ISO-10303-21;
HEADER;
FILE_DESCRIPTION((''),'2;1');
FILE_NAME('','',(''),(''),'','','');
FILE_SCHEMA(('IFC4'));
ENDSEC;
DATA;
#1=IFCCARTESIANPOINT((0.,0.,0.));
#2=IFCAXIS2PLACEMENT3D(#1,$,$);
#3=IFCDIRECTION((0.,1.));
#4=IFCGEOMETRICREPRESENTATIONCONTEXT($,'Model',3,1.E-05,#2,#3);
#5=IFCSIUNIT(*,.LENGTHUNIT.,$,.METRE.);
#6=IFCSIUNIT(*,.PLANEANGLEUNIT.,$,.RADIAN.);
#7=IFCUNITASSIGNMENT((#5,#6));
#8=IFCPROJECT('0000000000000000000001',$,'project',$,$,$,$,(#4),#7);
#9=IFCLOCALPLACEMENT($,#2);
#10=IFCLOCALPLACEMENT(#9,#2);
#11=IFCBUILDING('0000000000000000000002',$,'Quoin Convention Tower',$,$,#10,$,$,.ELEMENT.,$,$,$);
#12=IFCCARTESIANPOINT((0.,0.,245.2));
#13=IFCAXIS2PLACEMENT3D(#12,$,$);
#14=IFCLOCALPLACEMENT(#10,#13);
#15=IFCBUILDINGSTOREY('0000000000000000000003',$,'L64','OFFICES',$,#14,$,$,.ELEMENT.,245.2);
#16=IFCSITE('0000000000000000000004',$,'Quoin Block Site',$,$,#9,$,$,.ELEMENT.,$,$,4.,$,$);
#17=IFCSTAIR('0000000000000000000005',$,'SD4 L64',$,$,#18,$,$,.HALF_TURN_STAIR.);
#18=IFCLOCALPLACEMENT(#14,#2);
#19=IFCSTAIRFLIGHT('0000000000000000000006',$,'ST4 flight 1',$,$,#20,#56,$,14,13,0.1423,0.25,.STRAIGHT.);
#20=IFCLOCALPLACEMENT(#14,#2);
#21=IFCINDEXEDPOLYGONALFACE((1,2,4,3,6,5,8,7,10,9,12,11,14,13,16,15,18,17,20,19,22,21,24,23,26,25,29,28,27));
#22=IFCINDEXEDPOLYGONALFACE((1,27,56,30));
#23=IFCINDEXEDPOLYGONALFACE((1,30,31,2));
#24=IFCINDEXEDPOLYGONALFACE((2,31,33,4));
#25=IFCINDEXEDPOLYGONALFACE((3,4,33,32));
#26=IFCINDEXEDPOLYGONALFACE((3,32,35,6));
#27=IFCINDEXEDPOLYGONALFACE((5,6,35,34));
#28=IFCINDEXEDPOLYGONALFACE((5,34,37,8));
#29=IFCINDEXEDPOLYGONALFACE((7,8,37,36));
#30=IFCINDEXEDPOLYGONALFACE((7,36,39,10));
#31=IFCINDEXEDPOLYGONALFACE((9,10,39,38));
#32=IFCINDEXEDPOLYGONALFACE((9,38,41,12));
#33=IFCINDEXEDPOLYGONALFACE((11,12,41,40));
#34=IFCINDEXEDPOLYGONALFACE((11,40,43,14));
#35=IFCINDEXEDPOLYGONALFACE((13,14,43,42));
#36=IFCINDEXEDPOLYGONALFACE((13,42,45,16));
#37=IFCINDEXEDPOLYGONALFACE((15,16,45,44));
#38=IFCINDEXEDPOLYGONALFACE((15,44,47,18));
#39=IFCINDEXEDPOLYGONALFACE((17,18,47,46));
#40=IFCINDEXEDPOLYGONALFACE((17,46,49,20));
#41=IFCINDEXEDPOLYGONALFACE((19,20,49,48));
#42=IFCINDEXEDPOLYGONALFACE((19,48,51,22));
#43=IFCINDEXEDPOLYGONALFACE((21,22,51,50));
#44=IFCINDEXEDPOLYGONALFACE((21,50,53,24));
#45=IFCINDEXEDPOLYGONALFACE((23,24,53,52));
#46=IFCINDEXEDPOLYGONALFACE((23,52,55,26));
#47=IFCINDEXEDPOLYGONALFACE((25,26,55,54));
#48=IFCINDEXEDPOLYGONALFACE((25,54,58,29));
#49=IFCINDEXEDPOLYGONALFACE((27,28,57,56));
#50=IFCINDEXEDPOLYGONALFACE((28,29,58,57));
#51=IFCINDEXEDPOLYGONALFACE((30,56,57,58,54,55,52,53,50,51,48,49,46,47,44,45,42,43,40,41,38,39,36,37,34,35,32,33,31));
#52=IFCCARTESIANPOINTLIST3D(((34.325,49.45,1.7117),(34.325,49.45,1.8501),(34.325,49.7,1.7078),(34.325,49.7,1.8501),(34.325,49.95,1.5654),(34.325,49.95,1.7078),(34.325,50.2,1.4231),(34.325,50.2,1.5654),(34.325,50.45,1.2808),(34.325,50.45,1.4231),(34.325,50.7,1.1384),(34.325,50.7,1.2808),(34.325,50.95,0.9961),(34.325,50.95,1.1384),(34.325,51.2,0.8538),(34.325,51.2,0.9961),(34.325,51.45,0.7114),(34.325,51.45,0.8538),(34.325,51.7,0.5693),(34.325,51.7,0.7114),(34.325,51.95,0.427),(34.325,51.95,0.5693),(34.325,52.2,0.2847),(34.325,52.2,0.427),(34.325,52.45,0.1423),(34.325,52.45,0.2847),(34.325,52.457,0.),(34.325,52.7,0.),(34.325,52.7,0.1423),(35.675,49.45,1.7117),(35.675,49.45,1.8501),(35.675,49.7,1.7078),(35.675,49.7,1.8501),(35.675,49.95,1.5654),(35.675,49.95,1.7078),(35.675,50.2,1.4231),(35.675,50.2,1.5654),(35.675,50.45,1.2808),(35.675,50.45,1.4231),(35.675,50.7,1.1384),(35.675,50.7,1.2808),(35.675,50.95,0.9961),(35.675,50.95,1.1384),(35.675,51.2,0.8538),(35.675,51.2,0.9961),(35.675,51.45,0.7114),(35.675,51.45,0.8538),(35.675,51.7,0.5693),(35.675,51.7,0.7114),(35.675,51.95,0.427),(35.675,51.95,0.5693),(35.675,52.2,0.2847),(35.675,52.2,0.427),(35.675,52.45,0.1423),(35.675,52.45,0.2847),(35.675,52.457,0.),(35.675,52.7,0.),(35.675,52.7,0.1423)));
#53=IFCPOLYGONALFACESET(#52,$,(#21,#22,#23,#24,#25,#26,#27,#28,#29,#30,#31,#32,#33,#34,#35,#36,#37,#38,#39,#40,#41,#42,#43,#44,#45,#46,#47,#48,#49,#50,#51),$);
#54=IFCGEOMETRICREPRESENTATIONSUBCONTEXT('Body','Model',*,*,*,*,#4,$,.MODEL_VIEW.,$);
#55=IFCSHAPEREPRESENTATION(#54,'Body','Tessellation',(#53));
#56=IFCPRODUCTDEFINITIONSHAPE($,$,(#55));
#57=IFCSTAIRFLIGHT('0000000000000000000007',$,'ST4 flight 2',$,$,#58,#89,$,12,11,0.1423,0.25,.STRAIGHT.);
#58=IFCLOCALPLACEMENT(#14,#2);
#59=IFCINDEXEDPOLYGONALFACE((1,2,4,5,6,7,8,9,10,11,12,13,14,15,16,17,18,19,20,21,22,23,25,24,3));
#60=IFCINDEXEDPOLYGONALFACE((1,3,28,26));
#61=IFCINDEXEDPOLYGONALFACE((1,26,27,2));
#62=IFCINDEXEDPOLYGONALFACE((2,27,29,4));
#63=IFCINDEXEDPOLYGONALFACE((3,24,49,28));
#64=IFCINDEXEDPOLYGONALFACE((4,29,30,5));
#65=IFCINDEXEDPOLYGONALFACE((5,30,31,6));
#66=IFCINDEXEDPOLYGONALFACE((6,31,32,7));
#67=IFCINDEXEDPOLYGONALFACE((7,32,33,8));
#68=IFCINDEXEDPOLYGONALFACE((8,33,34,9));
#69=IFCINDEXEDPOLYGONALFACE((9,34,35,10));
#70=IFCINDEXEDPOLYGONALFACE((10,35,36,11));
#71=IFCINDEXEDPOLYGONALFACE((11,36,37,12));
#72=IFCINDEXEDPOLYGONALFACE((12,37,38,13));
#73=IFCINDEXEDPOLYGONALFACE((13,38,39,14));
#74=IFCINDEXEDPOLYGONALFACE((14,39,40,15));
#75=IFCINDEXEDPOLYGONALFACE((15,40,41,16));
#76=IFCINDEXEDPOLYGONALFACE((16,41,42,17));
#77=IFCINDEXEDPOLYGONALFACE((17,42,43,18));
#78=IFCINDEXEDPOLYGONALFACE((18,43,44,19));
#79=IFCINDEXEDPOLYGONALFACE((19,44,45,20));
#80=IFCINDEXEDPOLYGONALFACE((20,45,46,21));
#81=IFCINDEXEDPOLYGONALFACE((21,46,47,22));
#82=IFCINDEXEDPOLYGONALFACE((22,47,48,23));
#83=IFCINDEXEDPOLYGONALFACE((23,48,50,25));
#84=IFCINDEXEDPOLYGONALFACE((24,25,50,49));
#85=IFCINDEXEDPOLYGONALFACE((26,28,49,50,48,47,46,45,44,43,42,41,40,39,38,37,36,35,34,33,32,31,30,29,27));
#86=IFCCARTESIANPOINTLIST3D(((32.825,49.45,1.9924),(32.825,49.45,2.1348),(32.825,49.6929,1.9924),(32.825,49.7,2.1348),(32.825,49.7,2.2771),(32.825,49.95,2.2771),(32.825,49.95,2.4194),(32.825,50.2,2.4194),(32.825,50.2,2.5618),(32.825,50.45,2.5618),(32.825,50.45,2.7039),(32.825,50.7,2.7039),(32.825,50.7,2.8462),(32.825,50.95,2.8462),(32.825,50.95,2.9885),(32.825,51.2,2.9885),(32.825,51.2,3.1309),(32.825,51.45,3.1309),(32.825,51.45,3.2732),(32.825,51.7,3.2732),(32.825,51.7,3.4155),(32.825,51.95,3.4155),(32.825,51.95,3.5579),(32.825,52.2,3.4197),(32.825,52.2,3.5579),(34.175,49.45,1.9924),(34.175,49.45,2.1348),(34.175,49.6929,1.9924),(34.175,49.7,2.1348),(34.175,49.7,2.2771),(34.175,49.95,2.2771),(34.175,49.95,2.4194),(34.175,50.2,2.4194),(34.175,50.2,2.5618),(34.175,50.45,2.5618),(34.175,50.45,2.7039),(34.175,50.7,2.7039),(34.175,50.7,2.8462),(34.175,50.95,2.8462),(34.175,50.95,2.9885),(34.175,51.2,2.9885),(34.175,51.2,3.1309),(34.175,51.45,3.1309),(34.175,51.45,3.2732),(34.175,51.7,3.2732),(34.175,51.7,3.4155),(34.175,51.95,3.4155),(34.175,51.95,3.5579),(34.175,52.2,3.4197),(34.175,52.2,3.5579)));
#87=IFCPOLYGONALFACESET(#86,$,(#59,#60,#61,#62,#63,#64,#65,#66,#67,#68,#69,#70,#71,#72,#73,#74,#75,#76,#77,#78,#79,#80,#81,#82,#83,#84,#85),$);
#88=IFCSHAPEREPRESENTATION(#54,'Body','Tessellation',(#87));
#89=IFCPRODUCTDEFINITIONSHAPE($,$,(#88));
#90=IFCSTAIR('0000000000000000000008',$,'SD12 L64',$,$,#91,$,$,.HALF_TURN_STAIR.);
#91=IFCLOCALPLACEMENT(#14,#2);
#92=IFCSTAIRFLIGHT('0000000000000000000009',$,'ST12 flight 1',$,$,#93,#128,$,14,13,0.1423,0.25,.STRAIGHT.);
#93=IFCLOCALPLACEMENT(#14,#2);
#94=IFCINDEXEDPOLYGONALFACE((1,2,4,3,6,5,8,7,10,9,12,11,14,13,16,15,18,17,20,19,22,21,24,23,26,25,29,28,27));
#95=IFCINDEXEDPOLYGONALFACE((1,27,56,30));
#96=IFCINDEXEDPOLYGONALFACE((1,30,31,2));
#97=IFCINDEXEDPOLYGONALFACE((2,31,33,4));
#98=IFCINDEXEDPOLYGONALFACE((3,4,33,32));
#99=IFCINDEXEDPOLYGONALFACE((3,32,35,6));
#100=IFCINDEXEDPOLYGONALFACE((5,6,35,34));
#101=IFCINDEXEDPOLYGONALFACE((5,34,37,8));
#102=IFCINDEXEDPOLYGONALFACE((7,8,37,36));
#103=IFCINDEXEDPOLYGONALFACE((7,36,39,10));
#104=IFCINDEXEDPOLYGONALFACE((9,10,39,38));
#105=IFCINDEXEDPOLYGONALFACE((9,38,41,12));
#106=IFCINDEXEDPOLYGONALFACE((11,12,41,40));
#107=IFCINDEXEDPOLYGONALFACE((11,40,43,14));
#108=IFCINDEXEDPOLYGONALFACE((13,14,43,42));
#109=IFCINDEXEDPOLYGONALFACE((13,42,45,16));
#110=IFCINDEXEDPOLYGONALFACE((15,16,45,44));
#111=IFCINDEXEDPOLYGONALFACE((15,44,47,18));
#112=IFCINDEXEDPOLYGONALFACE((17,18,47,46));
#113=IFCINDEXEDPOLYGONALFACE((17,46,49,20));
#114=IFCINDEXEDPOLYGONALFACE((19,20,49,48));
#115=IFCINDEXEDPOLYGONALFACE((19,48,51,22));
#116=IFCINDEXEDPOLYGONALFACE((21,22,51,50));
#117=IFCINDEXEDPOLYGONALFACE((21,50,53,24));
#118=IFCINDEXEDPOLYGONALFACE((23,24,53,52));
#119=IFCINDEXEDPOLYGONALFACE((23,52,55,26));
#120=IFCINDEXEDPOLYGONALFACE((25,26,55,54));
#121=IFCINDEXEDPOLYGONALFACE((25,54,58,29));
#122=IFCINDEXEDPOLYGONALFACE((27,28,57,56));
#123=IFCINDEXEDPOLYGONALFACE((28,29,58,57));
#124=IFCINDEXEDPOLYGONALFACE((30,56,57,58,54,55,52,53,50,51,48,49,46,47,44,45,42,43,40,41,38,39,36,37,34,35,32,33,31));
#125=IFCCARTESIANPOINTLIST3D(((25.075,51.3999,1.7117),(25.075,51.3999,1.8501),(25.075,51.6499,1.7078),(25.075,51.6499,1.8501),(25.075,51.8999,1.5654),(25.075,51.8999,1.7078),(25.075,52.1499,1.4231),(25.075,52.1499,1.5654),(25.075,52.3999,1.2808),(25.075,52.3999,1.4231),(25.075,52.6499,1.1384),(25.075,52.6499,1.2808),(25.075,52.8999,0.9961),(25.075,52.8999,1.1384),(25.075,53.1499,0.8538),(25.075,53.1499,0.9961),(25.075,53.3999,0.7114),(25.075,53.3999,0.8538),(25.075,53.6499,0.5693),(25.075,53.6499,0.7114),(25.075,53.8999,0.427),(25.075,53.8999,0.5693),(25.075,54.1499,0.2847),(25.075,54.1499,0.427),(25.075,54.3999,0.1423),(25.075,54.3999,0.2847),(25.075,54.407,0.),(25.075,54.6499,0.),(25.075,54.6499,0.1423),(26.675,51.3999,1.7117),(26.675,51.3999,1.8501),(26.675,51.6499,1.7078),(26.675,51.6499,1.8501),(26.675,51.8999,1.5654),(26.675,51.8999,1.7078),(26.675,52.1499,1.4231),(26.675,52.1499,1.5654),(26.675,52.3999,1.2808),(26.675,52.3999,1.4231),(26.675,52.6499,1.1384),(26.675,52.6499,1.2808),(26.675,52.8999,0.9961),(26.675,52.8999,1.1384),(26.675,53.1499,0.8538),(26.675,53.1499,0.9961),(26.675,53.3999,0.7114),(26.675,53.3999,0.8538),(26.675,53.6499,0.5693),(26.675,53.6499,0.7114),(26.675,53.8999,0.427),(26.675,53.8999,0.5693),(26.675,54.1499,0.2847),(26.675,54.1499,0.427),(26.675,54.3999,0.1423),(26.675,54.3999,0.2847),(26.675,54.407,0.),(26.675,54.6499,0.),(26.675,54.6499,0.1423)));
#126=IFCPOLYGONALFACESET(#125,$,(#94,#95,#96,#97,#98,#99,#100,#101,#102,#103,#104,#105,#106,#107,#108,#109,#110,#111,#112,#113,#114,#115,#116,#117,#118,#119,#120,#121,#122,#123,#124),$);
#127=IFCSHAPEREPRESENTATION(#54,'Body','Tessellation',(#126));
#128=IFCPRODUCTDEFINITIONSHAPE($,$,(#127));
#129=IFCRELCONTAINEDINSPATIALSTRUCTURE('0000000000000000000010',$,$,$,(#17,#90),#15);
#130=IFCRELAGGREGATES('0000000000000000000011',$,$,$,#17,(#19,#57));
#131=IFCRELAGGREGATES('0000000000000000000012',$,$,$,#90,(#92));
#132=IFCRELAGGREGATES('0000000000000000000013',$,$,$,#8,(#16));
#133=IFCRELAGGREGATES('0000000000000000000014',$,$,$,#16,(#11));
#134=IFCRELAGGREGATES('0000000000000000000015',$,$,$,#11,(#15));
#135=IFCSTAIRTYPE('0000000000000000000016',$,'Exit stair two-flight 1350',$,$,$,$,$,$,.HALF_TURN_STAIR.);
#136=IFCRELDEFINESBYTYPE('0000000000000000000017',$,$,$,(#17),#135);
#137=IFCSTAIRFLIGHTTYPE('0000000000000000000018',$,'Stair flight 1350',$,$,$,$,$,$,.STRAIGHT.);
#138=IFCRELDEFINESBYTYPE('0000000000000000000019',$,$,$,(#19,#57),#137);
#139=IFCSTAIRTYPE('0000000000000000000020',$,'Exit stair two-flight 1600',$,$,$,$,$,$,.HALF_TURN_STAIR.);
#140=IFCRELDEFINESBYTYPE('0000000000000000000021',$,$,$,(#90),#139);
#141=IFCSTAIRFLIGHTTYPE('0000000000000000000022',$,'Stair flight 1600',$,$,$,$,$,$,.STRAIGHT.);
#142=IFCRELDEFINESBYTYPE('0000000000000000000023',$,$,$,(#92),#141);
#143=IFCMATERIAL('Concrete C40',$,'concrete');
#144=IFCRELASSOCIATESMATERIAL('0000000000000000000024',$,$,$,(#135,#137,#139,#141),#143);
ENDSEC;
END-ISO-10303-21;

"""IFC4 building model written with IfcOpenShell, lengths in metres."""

from ifc_helpers import new_model, si_unit, direction, frame, origin, place, context, subcontext, project, spatial, polyline, outline, extrude, material, type_object, element, aggregate, save


model = new_model("IFC4")

# Units and contexts
model_context = context("Model", 3, precision=1e-05, world=origin(), true_north=direction((0.0, 1.0)))
body_context = subcontext(model_context, "Body", "Model", "MODEL_VIEW")
ifc_project = project(units=[si_unit("LENGTHUNIT", "METRE"), si_unit("PLANEANGLEUNIT", "RADIAN")], contexts=[model_context])

# Site, building, storey
site_placement = place(None, origin())
site = spatial("IfcSite", under=ifc_project, at=site_placement, Name="Quoin Block Site", CompositionType="ELEMENT", RefElevation=4.0)
building_placement = place(site_placement, origin())
building = spatial("IfcBuilding", under=site, at=building_placement, Name="Quoin Convention Tower", CompositionType="ELEMENT")
storey_placement = place(building_placement, frame((0.0, 0.0, 245.2)))
storey = spatial("IfcBuildingStorey", under=building, at=storey_placement, Name="L64", Description="OFFICES", CompositionType="ELEMENT", Elevation=245.2)

# Shared definitions
ifc_material_1 = material(Name="Concrete C40", Category="concrete")
stair_type_1 = type_object("IfcStairType", Name="Exit stair two-flight 1350", PredefinedType="HALF_TURN_STAIR", material=ifc_material_1)
stair_flight_type_1 = type_object("IfcStairFlightType", Name="Stair flight 1350", PredefinedType="STRAIGHT", material=ifc_material_1)

# Stair, stair flights
stair_1_placement = place(storey_placement, origin())
stair_1 = element("IfcStair", 1, at=stair_1_placement, inside=storey, type_object=stair_type_1, Name="SD4 L64", PredefinedType="HALF_TURN_STAIR")
stair_flight_1_placement = place(storey_placement, frame((35.0, 52.7, 0.0), z_axis=(0.0, 0.0, 1.0), x_axis=(0.0, -1.0, 0.0)))
stair_flight_1 = element("IfcStairFlight", 2, at=stair_flight_1_placement, type_object=stair_flight_type_1, Name="ST4 flight 1", NumberOfRisers=14, NumberOfTreads=13, PredefinedType="STRAIGHT", RiserHeight=0.1423, TreadLength=0.25, context=body_context, shape_type="SweptSolid", body=[
    extrude(outline(polyline([(0.0, 0.0), (0.0, 0.1423), (0.25, 0.1423), (0.25, 0.2847), (0.5, 0.2847), (0.5, 0.427), (0.75, 0.427), (0.75, 0.5693), (1.0, 0.5693), (1.0, 0.7114), (1.25, 0.7114), (1.25, 0.8538), (1.5, 0.8538), (1.5, 0.9961), (1.75, 0.9961), (1.75, 1.1384), (2.0, 1.1384), (2.0, 1.2808), (2.25, 1.2808), (2.25, 1.4231), (2.5, 1.4231), (2.5, 1.5654), (2.75, 1.5654), (2.75, 1.7078), (3.0, 1.7078), (3.0, 1.8501), (3.25, 1.8501), (3.25, 1.9922), (3.25, 1.7117), (0.2429, 0.0), (0.0, 0.0)])), frame((0.0, 0.675, 0.0), z_axis=(0.0, -1.0, 0.0), x_axis=(1.0, 0.0, 0.0)), (0.0, 0.0, 1.0), 1.3501),
])
stair_flight_2_placement = place(storey_placement, frame((33.5, 49.45, 1.9924), z_axis=(0.0, 0.0, 1.0), x_axis=(0.0, 1.0, 0.0)))
stair_flight_2 = element("IfcStairFlight", 3, at=stair_flight_2_placement, type_object=stair_flight_type_1, Name="ST4 flight 2", NumberOfRisers=12, NumberOfTreads=11, PredefinedType="STRAIGHT", RiserHeight=0.1423, TreadLength=0.25, context=body_context, shape_type="SweptSolid", body=[
    extrude(outline(polyline([(0.0, 0.0), (0.0, 0.1423), (0.25, 0.1423), (0.25, 0.2847), (0.5, 0.2847), (0.5, 0.427), (0.75, 0.427), (0.75, 0.5693), (1.0, 0.5693), (1.0, 0.7114), (1.25, 0.7114), (1.25, 0.8538), (1.5, 0.8538), (1.5, 0.9961), (1.75, 0.9961), (1.75, 1.1384), (2.0, 1.1384), (2.0, 1.2808), (2.25, 1.2808), (2.25, 1.4231), (2.5, 1.4231), (2.5, 1.5654), (2.75, 1.5654), (2.75, 1.7078), (2.75, 1.4272), (0.2429, 0.0), (0.0, 0.0)])), frame((0.0, 0.675, 0.0), z_axis=(0.0, -1.0, 0.0), x_axis=(1.0, 0.0, 0.0)), (0.0, 0.0, 1.0), 1.3501),
])
aggregate(stair_1, [stair_flight_1, stair_flight_2])

# Stair, stair flight
stair_type_2 = type_object("IfcStairType", Name="Exit stair two-flight 1600", PredefinedType="HALF_TURN_STAIR", material=ifc_material_1)
stair_2_placement = place(storey_placement, origin())
stair_2 = element("IfcStair", 4, at=stair_2_placement, inside=storey, type_object=stair_type_2, Name="SD12 L64", PredefinedType="HALF_TURN_STAIR")
stair_flight_type_2 = type_object("IfcStairFlightType", Name="Stair flight 1600", PredefinedType="STRAIGHT", material=ifc_material_1)
stair_flight_3_placement = place(storey_placement, frame((25.875, 54.6499, 0.0), z_axis=(0.0, 0.0, 1.0), x_axis=(0.0, -1.0, 0.0)))
stair_flight_3 = element("IfcStairFlight", 5, at=stair_flight_3_placement, type_object=stair_flight_type_2, Name="ST12 flight 1", NumberOfRisers=14, NumberOfTreads=13, PredefinedType="STRAIGHT", RiserHeight=0.1423, TreadLength=0.25, context=body_context, shape_type="SweptSolid", body=[
    extrude(outline(polyline([(0.0, 0.0), (0.0, 0.1423), (0.25, 0.1423), (0.25, 0.2847), (0.5, 0.2847), (0.5, 0.427), (0.75, 0.427), (0.75, 0.5693), (1.0, 0.5693), (1.0, 0.7114), (1.25, 0.7114), (1.25, 0.8538), (1.5, 0.8538), (1.5, 0.9961), (1.75, 0.9961), (1.75, 1.1384), (2.0, 1.1384), (2.0, 1.2808), (2.25, 1.2808), (2.25, 1.4231), (2.5, 1.4231), (2.5, 1.5654), (2.75, 1.5654), (2.75, 1.7078), (3.0, 1.7078), (3.0, 1.8501), (3.25, 1.8501), (3.25, 1.9922), (3.25, 1.7117), (0.2429, 0.0), (0.0, 0.0)])), frame((0.0, 0.8, 0.0), z_axis=(0.0, -1.0, 0.0), x_axis=(1.0, 0.0, 0.0)), (0.0, 0.0, 1.0), 1.6001),
])
aggregate(stair_2, [stair_flight_3])

save(model, "model.ifc")
